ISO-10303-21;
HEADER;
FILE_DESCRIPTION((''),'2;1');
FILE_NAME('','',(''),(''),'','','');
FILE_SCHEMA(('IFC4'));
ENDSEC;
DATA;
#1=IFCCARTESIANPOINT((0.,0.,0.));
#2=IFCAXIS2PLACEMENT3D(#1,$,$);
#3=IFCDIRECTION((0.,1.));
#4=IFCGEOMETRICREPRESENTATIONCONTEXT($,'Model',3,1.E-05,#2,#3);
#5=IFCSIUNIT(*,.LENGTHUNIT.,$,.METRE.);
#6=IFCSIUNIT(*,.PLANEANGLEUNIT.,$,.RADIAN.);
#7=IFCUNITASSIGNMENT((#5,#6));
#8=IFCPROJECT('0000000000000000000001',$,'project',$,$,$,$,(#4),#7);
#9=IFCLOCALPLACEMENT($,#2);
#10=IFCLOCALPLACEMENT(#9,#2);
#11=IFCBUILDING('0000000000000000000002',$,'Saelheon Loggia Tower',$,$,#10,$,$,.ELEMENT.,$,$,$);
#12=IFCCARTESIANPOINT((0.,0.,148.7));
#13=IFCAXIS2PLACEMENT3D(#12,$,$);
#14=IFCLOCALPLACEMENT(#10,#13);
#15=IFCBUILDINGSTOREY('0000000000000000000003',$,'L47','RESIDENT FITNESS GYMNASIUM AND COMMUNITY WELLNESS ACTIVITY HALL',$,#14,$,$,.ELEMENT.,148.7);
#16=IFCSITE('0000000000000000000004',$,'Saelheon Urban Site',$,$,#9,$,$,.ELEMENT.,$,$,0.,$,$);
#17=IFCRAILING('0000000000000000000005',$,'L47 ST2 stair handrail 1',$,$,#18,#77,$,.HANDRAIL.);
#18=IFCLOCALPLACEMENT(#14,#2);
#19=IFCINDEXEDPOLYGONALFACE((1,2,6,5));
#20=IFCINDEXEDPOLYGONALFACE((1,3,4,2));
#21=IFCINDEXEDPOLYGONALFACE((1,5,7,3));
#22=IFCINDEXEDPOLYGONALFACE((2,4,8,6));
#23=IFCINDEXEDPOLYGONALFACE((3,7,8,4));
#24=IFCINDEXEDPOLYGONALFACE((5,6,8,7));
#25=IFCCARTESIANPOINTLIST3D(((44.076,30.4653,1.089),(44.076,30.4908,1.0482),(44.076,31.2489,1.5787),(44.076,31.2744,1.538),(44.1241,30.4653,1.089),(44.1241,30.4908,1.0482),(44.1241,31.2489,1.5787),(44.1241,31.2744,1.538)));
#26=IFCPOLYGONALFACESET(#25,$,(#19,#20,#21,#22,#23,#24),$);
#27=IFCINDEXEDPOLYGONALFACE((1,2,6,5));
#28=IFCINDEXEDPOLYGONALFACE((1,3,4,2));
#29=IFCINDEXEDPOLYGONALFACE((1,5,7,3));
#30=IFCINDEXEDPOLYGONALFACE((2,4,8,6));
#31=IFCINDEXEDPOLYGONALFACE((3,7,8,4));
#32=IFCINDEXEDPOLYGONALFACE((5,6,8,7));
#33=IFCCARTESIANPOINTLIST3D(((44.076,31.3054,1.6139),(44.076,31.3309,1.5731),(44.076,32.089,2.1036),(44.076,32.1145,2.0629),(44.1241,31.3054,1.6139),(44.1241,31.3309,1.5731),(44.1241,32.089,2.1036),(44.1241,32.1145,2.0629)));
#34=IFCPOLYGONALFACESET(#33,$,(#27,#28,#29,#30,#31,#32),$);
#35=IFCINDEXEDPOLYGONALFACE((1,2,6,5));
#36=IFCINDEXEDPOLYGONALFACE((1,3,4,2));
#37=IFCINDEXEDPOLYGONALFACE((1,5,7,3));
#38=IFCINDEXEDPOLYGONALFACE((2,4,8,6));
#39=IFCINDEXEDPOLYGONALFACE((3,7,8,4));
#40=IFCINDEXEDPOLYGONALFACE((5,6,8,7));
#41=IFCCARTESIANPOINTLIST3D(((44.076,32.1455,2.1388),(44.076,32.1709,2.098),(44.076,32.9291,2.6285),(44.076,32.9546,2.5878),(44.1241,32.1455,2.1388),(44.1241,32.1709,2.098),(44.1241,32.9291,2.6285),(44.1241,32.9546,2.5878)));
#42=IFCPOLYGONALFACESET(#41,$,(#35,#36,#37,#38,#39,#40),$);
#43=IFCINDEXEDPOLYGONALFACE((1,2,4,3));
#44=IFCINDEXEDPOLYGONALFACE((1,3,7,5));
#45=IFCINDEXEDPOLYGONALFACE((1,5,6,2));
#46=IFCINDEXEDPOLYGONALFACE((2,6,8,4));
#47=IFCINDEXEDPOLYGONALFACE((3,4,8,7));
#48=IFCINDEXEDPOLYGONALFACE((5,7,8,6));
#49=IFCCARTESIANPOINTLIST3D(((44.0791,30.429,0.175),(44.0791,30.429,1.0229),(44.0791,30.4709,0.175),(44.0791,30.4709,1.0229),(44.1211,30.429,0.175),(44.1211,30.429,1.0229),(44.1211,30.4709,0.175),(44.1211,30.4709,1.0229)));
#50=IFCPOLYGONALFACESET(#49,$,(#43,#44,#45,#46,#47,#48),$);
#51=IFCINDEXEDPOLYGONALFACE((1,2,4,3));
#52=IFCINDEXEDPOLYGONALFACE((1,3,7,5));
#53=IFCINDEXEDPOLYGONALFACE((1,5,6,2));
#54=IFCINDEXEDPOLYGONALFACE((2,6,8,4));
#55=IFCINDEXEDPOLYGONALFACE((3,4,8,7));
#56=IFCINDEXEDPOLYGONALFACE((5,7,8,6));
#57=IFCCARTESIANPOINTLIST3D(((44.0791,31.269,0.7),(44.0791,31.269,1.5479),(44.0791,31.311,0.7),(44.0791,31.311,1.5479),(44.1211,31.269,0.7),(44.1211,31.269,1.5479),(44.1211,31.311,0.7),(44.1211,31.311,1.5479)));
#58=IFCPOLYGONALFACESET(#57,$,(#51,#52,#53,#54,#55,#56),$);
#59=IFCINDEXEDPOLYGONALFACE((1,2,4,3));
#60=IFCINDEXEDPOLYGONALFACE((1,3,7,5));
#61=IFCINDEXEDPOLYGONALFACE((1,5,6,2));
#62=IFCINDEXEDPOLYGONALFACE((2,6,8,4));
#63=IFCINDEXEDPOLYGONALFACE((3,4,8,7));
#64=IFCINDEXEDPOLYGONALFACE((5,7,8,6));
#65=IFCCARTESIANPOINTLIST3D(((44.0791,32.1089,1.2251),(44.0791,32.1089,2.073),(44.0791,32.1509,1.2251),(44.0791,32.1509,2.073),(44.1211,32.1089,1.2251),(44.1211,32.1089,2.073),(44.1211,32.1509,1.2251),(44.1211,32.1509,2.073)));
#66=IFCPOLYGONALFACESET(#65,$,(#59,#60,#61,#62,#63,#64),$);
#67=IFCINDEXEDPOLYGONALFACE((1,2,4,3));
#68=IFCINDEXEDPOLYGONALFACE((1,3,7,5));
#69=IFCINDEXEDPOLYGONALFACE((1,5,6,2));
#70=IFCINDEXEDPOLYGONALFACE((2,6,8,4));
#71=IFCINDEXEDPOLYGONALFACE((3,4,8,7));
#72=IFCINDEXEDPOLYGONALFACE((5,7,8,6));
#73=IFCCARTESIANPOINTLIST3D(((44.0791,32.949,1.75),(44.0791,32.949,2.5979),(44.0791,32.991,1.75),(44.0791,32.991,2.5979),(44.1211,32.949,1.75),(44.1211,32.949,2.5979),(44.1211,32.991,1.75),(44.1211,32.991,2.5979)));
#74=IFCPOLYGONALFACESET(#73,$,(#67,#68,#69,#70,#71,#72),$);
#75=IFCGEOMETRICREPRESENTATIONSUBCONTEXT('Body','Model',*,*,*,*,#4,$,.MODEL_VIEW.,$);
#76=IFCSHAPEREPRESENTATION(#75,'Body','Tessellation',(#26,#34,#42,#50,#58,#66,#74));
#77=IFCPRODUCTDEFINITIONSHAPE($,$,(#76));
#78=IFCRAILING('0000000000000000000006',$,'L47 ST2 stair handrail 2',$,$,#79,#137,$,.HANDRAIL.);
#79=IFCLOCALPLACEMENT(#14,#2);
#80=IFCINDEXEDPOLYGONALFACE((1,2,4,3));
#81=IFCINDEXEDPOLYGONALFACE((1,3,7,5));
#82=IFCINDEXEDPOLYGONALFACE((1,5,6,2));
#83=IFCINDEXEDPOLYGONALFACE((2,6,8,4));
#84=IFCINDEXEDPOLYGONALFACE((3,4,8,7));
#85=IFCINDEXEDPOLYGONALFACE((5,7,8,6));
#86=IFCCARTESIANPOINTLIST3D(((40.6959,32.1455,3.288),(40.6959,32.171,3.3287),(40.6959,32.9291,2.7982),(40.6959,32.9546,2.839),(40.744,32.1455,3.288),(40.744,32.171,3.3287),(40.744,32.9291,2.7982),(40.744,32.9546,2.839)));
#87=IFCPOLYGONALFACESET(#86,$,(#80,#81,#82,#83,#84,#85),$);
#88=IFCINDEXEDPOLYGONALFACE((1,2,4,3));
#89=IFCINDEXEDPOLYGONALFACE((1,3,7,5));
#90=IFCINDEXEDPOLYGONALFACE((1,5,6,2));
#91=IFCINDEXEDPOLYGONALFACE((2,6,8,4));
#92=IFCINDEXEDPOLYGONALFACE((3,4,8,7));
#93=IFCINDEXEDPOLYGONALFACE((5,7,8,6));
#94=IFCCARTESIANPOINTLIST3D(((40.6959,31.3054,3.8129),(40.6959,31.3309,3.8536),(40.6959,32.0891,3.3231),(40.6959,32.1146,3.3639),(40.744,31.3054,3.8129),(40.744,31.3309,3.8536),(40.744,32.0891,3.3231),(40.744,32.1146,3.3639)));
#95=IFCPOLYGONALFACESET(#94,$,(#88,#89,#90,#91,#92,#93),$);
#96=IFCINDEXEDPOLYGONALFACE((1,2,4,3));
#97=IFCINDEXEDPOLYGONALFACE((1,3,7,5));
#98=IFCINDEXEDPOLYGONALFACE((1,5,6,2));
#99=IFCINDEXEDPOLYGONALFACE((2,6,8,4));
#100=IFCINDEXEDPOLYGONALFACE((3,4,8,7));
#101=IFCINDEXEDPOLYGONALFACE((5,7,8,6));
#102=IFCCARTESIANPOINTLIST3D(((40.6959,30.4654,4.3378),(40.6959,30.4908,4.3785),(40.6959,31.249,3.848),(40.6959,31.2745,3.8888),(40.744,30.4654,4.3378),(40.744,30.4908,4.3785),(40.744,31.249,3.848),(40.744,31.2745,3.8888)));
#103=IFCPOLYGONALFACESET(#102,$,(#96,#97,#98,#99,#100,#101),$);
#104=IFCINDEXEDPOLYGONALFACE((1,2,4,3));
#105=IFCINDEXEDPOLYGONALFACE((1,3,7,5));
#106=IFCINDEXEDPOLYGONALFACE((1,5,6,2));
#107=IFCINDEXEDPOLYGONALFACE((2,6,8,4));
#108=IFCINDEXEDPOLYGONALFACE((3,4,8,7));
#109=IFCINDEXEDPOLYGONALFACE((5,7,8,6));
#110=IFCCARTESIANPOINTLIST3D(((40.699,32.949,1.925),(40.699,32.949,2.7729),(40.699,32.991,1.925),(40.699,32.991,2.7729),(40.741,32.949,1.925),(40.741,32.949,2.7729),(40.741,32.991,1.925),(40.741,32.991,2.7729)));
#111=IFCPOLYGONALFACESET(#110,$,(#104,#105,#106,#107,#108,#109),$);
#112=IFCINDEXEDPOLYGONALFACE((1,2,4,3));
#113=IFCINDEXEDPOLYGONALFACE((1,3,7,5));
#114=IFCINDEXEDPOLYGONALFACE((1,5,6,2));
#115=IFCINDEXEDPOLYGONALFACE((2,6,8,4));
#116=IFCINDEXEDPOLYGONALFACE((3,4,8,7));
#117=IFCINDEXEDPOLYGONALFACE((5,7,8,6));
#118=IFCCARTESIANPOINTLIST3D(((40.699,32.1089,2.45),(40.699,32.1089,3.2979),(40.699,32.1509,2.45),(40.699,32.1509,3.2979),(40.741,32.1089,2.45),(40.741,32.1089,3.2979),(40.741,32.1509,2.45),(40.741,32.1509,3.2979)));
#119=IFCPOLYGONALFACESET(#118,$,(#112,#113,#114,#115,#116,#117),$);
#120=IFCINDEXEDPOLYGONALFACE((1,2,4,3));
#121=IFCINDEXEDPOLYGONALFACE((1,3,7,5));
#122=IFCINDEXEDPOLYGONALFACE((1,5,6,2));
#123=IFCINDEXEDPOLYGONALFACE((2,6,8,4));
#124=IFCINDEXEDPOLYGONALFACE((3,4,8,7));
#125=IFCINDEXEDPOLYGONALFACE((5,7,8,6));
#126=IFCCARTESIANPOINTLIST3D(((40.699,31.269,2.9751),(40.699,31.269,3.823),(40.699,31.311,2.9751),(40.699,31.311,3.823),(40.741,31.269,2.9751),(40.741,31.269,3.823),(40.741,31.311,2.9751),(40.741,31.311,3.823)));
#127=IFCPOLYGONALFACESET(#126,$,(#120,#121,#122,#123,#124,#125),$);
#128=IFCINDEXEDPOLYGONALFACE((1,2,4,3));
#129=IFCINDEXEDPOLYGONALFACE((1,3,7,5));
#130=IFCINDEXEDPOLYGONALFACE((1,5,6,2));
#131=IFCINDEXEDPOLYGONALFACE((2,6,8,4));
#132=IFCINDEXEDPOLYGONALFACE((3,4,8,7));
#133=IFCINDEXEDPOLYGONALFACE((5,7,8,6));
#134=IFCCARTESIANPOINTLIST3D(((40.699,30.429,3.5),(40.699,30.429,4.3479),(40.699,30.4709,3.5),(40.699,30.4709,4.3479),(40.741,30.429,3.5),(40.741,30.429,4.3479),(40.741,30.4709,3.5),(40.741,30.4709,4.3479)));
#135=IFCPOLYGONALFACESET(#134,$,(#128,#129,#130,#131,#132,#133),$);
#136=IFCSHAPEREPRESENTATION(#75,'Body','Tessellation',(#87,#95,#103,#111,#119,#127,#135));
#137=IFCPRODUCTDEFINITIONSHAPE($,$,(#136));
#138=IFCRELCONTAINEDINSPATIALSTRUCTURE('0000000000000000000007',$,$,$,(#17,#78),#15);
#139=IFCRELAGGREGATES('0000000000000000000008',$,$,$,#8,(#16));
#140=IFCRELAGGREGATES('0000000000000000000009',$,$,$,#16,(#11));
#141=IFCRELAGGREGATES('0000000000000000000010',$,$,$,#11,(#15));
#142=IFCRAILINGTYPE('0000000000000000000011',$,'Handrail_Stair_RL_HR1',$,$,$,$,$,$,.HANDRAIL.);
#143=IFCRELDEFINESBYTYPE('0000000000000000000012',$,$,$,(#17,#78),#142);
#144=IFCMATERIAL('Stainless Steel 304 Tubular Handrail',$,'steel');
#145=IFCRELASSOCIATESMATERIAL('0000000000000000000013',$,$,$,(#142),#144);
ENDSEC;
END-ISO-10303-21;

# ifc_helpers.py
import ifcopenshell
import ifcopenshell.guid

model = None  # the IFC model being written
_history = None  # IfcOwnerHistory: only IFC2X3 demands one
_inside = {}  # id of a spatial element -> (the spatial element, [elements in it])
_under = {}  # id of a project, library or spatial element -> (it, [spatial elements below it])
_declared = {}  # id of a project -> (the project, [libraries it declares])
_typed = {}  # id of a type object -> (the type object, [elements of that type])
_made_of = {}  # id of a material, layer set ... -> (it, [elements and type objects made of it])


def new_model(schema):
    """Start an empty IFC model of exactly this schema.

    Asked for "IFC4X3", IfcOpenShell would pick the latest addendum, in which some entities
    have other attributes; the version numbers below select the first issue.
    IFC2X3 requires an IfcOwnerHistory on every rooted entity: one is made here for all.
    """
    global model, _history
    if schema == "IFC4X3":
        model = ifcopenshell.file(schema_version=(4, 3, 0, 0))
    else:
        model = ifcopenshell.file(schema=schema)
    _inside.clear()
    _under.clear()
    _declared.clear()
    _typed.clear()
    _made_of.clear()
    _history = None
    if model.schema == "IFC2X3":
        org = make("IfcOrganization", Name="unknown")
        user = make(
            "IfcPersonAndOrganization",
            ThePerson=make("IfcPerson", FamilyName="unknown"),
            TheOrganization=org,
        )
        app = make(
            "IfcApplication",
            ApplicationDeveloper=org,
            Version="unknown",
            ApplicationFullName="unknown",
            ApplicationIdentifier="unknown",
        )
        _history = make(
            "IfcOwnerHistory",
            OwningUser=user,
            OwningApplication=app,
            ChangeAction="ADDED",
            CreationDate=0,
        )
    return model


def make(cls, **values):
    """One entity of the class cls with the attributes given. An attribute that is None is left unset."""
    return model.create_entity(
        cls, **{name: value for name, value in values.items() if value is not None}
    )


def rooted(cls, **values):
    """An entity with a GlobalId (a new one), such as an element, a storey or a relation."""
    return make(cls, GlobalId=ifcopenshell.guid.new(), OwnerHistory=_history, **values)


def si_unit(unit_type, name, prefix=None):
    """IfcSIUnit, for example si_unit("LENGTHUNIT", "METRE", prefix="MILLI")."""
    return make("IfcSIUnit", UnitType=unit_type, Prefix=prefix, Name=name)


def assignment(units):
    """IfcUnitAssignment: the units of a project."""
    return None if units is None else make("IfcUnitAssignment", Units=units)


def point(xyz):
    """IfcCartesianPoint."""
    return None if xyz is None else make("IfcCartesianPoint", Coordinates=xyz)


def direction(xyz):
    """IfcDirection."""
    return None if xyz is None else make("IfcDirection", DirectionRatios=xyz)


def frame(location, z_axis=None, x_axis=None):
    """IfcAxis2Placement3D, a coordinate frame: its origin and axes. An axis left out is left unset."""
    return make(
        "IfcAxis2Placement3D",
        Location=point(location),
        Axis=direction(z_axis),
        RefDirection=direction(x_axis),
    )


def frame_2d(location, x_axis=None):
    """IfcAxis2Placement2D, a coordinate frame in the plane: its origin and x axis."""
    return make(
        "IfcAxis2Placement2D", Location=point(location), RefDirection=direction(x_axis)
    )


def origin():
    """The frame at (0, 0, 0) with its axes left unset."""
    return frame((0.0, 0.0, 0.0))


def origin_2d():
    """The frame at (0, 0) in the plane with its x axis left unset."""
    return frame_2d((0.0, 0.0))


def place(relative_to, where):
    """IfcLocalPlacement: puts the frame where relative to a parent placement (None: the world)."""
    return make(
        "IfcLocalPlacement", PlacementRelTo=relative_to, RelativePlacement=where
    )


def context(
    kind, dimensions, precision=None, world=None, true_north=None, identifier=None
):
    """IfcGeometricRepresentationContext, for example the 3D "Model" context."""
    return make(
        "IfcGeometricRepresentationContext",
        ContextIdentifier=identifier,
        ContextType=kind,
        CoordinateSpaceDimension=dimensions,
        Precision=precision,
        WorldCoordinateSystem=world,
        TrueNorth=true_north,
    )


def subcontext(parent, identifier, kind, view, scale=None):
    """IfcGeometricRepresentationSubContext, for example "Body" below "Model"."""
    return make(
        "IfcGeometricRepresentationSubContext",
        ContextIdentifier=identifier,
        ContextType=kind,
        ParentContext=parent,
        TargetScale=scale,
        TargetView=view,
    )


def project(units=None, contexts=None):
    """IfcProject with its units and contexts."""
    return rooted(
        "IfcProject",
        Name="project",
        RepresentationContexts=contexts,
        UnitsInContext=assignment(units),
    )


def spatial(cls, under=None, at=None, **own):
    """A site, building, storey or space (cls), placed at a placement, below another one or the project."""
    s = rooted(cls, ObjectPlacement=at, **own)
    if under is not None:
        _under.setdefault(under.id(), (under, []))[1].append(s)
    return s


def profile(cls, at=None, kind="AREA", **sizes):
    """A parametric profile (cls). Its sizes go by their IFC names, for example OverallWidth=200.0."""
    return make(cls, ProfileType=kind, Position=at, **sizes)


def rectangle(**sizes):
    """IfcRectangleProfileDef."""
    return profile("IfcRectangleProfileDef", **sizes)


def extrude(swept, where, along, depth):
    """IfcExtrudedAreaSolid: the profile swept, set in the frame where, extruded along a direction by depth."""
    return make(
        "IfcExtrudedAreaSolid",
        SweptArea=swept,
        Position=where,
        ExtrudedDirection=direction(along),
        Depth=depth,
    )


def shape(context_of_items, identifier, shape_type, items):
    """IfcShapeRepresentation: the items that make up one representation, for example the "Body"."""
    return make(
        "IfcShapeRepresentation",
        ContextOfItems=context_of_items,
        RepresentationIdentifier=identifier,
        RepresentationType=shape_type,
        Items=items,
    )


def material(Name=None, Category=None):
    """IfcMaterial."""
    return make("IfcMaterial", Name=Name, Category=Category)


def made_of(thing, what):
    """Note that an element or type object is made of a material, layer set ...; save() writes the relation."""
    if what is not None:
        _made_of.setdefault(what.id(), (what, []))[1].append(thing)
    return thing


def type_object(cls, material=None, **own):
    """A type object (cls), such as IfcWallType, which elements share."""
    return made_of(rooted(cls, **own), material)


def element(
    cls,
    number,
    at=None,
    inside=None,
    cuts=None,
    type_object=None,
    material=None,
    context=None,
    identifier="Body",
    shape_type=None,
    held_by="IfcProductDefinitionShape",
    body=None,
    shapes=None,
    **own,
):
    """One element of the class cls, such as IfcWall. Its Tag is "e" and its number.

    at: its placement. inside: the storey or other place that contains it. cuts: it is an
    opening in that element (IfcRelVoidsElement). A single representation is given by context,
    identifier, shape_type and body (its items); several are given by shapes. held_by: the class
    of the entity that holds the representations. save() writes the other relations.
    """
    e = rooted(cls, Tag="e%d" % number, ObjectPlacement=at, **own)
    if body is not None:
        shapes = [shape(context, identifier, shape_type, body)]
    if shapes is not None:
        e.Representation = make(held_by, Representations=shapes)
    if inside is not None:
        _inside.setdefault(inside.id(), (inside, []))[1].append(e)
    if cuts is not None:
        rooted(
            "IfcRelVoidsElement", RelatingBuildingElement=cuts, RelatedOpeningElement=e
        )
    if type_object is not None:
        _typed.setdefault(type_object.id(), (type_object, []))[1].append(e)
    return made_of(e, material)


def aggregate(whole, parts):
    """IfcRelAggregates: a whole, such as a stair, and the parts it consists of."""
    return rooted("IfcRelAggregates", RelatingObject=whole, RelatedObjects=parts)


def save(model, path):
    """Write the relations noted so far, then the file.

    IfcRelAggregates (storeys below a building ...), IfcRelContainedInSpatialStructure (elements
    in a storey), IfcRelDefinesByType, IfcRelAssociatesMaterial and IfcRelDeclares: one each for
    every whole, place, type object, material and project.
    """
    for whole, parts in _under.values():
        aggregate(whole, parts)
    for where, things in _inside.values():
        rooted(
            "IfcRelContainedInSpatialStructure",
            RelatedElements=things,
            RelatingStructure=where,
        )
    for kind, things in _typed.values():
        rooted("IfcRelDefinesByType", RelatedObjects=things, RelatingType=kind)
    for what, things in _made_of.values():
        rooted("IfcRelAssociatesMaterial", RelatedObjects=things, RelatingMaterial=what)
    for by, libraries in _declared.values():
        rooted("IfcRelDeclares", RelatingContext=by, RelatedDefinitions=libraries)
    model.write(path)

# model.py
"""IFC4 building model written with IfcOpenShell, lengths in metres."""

from ifc_helpers import new_model, si_unit, direction, frame, origin, origin_2d, place, context, subcontext, project, spatial, rectangle, extrude, material, type_object, element, save


model = new_model("IFC4")

# Units and contexts
model_context = context("Model", 3, precision=1e-05, world=origin(), true_north=direction((0.0, 1.0)))
body_context = subcontext(model_context, "Body", "Model", "MODEL_VIEW")
ifc_project = project(units=[si_unit("LENGTHUNIT", "METRE"), si_unit("PLANEANGLEUNIT", "RADIAN")], contexts=[model_context])

# Site, building, storey
site_placement = place(None, origin())
site = spatial("IfcSite", under=ifc_project, at=site_placement, Name="Saelheon Urban Site", CompositionType="ELEMENT", RefElevation=0.0)
building_placement = place(site_placement, origin())
building = spatial("IfcBuilding", under=site, at=building_placement, Name="Saelheon Loggia Tower", CompositionType="ELEMENT")
storey_placement = place(building_placement, frame((0.0, 0.0, 148.7)))
storey = spatial("IfcBuildingStorey", under=building, at=storey_placement, Name="L47", Description="RESIDENT FITNESS GYMNASIUM AND COMMUNITY WELLNESS ACTIVITY HALL", CompositionType="ELEMENT", Elevation=148.7)

# Railings
ifc_material_1 = material(Name="Stainless Steel 304 Tubular Handrail", Category="steel")
railing_type_1 = type_object("IfcRailingType", Name="Handrail_Stair_RL_HR1", PredefinedType="HANDRAIL", material=ifc_material_1)
railing_1_placement = place(storey_placement, frame((44.1001, 30.45, 0.175)))
element("IfcRailing", 1, at=railing_1_placement, inside=storey, type_object=railing_type_1, Name="L47 ST2 stair handrail 1", PredefinedType="HANDRAIL", context=body_context, shape_type="SweptSolid", body=[
    extrude(rectangle(XDim=0.0481, YDim=0.0481, at=origin_2d()), frame((0.0, 0.0281, 0.8936), z_axis=(0.0, 0.848008, 0.529984), x_axis=(-1.0, 0.0, 0.0)), (0.0, 0.0, 1.0), 0.9241),
    extrude(rectangle(XDim=0.0481, YDim=0.0481, at=origin_2d()), frame((0.0, 0.8682, 1.4185), z_axis=(0.0, 0.848008, 0.529984), x_axis=(-1.0, 0.0, 0.0)), (0.0, 0.0, 1.0), 0.9241),
    extrude(rectangle(XDim=0.0481, YDim=0.0481, at=origin_2d()), frame((0.0, 1.7083, 1.9434), z_axis=(0.0, 0.848008, 0.529984), x_axis=(-1.0, 0.0, 0.0)), (0.0, 0.0, 1.0), 0.9241),
    extrude(rectangle(XDim=0.042, YDim=0.042, at=origin_2d()), origin(), (0.0, 0.0, 1.0), 0.8479),
    extrude(rectangle(XDim=0.042, YDim=0.042, at=origin_2d()), frame((0.0, 0.8401, 0.5249)), (0.0, 0.0, 1.0), 0.8479),
    extrude(rectangle(XDim=0.042, YDim=0.042, at=origin_2d()), frame((0.0, 1.6799, 1.05)), (0.0, 0.0, 1.0), 0.8479),
    extrude(rectangle(XDim=0.042, YDim=0.042, at=origin_2d()), frame((0.0, 2.52, 1.575)), (0.0, 0.0, 1.0), 0.8479),
])
railing_2_placement = place(storey_placement, frame((40.72, 32.97, 1.925)))
element("IfcRailing", 2, at=railing_2_placement, inside=storey, type_object=railing_type_1, Name="L47 ST2 stair handrail 2", PredefinedType="HANDRAIL", context=body_context, shape_type="SweptSolid", body=[
    extrude(rectangle(XDim=0.0481, YDim=0.0481, at=origin_2d()), frame((0.0, -0.0281, 0.8936), z_axis=(0.0, -0.848008, 0.529984), x_axis=(1.0, 0.0, 0.0)), (0.0, 0.0, 1.0), 0.9241),
    extrude(rectangle(XDim=0.0481, YDim=0.0481, at=origin_2d()), frame((0.0, -0.8682, 1.4185), z_axis=(0.0, -0.848008, 0.529984), x_axis=(1.0, 0.0, 0.0)), (0.0, 0.0, 1.0), 0.9241),
    extrude(rectangle(XDim=0.0481, YDim=0.0481, at=origin_2d()), frame((0.0, -1.7083, 1.9434), z_axis=(0.0, -0.848008, 0.529984), x_axis=(1.0, 0.0, 0.0)), (0.0, 0.0, 1.0), 0.9241),
    extrude(rectangle(XDim=0.042, YDim=0.042, at=origin_2d()), origin(), (0.0, 0.0, 1.0), 0.8479),
    extrude(rectangle(XDim=0.042, YDim=0.042, at=origin_2d()), frame((0.0, -0.8401, 0.5249)), (0.0, 0.0, 1.0), 0.8479),
    extrude(rectangle(XDim=0.042, YDim=0.042, at=origin_2d()), frame((0.0, -1.6799, 1.05)), (0.0, 0.0, 1.0), 0.8479),
    extrude(rectangle(XDim=0.042, YDim=0.042, at=origin_2d()), frame((0.0, -2.52, 1.575)), (0.0, 0.0, 1.0), 0.8479),
])

save(model, "model.ifc")
